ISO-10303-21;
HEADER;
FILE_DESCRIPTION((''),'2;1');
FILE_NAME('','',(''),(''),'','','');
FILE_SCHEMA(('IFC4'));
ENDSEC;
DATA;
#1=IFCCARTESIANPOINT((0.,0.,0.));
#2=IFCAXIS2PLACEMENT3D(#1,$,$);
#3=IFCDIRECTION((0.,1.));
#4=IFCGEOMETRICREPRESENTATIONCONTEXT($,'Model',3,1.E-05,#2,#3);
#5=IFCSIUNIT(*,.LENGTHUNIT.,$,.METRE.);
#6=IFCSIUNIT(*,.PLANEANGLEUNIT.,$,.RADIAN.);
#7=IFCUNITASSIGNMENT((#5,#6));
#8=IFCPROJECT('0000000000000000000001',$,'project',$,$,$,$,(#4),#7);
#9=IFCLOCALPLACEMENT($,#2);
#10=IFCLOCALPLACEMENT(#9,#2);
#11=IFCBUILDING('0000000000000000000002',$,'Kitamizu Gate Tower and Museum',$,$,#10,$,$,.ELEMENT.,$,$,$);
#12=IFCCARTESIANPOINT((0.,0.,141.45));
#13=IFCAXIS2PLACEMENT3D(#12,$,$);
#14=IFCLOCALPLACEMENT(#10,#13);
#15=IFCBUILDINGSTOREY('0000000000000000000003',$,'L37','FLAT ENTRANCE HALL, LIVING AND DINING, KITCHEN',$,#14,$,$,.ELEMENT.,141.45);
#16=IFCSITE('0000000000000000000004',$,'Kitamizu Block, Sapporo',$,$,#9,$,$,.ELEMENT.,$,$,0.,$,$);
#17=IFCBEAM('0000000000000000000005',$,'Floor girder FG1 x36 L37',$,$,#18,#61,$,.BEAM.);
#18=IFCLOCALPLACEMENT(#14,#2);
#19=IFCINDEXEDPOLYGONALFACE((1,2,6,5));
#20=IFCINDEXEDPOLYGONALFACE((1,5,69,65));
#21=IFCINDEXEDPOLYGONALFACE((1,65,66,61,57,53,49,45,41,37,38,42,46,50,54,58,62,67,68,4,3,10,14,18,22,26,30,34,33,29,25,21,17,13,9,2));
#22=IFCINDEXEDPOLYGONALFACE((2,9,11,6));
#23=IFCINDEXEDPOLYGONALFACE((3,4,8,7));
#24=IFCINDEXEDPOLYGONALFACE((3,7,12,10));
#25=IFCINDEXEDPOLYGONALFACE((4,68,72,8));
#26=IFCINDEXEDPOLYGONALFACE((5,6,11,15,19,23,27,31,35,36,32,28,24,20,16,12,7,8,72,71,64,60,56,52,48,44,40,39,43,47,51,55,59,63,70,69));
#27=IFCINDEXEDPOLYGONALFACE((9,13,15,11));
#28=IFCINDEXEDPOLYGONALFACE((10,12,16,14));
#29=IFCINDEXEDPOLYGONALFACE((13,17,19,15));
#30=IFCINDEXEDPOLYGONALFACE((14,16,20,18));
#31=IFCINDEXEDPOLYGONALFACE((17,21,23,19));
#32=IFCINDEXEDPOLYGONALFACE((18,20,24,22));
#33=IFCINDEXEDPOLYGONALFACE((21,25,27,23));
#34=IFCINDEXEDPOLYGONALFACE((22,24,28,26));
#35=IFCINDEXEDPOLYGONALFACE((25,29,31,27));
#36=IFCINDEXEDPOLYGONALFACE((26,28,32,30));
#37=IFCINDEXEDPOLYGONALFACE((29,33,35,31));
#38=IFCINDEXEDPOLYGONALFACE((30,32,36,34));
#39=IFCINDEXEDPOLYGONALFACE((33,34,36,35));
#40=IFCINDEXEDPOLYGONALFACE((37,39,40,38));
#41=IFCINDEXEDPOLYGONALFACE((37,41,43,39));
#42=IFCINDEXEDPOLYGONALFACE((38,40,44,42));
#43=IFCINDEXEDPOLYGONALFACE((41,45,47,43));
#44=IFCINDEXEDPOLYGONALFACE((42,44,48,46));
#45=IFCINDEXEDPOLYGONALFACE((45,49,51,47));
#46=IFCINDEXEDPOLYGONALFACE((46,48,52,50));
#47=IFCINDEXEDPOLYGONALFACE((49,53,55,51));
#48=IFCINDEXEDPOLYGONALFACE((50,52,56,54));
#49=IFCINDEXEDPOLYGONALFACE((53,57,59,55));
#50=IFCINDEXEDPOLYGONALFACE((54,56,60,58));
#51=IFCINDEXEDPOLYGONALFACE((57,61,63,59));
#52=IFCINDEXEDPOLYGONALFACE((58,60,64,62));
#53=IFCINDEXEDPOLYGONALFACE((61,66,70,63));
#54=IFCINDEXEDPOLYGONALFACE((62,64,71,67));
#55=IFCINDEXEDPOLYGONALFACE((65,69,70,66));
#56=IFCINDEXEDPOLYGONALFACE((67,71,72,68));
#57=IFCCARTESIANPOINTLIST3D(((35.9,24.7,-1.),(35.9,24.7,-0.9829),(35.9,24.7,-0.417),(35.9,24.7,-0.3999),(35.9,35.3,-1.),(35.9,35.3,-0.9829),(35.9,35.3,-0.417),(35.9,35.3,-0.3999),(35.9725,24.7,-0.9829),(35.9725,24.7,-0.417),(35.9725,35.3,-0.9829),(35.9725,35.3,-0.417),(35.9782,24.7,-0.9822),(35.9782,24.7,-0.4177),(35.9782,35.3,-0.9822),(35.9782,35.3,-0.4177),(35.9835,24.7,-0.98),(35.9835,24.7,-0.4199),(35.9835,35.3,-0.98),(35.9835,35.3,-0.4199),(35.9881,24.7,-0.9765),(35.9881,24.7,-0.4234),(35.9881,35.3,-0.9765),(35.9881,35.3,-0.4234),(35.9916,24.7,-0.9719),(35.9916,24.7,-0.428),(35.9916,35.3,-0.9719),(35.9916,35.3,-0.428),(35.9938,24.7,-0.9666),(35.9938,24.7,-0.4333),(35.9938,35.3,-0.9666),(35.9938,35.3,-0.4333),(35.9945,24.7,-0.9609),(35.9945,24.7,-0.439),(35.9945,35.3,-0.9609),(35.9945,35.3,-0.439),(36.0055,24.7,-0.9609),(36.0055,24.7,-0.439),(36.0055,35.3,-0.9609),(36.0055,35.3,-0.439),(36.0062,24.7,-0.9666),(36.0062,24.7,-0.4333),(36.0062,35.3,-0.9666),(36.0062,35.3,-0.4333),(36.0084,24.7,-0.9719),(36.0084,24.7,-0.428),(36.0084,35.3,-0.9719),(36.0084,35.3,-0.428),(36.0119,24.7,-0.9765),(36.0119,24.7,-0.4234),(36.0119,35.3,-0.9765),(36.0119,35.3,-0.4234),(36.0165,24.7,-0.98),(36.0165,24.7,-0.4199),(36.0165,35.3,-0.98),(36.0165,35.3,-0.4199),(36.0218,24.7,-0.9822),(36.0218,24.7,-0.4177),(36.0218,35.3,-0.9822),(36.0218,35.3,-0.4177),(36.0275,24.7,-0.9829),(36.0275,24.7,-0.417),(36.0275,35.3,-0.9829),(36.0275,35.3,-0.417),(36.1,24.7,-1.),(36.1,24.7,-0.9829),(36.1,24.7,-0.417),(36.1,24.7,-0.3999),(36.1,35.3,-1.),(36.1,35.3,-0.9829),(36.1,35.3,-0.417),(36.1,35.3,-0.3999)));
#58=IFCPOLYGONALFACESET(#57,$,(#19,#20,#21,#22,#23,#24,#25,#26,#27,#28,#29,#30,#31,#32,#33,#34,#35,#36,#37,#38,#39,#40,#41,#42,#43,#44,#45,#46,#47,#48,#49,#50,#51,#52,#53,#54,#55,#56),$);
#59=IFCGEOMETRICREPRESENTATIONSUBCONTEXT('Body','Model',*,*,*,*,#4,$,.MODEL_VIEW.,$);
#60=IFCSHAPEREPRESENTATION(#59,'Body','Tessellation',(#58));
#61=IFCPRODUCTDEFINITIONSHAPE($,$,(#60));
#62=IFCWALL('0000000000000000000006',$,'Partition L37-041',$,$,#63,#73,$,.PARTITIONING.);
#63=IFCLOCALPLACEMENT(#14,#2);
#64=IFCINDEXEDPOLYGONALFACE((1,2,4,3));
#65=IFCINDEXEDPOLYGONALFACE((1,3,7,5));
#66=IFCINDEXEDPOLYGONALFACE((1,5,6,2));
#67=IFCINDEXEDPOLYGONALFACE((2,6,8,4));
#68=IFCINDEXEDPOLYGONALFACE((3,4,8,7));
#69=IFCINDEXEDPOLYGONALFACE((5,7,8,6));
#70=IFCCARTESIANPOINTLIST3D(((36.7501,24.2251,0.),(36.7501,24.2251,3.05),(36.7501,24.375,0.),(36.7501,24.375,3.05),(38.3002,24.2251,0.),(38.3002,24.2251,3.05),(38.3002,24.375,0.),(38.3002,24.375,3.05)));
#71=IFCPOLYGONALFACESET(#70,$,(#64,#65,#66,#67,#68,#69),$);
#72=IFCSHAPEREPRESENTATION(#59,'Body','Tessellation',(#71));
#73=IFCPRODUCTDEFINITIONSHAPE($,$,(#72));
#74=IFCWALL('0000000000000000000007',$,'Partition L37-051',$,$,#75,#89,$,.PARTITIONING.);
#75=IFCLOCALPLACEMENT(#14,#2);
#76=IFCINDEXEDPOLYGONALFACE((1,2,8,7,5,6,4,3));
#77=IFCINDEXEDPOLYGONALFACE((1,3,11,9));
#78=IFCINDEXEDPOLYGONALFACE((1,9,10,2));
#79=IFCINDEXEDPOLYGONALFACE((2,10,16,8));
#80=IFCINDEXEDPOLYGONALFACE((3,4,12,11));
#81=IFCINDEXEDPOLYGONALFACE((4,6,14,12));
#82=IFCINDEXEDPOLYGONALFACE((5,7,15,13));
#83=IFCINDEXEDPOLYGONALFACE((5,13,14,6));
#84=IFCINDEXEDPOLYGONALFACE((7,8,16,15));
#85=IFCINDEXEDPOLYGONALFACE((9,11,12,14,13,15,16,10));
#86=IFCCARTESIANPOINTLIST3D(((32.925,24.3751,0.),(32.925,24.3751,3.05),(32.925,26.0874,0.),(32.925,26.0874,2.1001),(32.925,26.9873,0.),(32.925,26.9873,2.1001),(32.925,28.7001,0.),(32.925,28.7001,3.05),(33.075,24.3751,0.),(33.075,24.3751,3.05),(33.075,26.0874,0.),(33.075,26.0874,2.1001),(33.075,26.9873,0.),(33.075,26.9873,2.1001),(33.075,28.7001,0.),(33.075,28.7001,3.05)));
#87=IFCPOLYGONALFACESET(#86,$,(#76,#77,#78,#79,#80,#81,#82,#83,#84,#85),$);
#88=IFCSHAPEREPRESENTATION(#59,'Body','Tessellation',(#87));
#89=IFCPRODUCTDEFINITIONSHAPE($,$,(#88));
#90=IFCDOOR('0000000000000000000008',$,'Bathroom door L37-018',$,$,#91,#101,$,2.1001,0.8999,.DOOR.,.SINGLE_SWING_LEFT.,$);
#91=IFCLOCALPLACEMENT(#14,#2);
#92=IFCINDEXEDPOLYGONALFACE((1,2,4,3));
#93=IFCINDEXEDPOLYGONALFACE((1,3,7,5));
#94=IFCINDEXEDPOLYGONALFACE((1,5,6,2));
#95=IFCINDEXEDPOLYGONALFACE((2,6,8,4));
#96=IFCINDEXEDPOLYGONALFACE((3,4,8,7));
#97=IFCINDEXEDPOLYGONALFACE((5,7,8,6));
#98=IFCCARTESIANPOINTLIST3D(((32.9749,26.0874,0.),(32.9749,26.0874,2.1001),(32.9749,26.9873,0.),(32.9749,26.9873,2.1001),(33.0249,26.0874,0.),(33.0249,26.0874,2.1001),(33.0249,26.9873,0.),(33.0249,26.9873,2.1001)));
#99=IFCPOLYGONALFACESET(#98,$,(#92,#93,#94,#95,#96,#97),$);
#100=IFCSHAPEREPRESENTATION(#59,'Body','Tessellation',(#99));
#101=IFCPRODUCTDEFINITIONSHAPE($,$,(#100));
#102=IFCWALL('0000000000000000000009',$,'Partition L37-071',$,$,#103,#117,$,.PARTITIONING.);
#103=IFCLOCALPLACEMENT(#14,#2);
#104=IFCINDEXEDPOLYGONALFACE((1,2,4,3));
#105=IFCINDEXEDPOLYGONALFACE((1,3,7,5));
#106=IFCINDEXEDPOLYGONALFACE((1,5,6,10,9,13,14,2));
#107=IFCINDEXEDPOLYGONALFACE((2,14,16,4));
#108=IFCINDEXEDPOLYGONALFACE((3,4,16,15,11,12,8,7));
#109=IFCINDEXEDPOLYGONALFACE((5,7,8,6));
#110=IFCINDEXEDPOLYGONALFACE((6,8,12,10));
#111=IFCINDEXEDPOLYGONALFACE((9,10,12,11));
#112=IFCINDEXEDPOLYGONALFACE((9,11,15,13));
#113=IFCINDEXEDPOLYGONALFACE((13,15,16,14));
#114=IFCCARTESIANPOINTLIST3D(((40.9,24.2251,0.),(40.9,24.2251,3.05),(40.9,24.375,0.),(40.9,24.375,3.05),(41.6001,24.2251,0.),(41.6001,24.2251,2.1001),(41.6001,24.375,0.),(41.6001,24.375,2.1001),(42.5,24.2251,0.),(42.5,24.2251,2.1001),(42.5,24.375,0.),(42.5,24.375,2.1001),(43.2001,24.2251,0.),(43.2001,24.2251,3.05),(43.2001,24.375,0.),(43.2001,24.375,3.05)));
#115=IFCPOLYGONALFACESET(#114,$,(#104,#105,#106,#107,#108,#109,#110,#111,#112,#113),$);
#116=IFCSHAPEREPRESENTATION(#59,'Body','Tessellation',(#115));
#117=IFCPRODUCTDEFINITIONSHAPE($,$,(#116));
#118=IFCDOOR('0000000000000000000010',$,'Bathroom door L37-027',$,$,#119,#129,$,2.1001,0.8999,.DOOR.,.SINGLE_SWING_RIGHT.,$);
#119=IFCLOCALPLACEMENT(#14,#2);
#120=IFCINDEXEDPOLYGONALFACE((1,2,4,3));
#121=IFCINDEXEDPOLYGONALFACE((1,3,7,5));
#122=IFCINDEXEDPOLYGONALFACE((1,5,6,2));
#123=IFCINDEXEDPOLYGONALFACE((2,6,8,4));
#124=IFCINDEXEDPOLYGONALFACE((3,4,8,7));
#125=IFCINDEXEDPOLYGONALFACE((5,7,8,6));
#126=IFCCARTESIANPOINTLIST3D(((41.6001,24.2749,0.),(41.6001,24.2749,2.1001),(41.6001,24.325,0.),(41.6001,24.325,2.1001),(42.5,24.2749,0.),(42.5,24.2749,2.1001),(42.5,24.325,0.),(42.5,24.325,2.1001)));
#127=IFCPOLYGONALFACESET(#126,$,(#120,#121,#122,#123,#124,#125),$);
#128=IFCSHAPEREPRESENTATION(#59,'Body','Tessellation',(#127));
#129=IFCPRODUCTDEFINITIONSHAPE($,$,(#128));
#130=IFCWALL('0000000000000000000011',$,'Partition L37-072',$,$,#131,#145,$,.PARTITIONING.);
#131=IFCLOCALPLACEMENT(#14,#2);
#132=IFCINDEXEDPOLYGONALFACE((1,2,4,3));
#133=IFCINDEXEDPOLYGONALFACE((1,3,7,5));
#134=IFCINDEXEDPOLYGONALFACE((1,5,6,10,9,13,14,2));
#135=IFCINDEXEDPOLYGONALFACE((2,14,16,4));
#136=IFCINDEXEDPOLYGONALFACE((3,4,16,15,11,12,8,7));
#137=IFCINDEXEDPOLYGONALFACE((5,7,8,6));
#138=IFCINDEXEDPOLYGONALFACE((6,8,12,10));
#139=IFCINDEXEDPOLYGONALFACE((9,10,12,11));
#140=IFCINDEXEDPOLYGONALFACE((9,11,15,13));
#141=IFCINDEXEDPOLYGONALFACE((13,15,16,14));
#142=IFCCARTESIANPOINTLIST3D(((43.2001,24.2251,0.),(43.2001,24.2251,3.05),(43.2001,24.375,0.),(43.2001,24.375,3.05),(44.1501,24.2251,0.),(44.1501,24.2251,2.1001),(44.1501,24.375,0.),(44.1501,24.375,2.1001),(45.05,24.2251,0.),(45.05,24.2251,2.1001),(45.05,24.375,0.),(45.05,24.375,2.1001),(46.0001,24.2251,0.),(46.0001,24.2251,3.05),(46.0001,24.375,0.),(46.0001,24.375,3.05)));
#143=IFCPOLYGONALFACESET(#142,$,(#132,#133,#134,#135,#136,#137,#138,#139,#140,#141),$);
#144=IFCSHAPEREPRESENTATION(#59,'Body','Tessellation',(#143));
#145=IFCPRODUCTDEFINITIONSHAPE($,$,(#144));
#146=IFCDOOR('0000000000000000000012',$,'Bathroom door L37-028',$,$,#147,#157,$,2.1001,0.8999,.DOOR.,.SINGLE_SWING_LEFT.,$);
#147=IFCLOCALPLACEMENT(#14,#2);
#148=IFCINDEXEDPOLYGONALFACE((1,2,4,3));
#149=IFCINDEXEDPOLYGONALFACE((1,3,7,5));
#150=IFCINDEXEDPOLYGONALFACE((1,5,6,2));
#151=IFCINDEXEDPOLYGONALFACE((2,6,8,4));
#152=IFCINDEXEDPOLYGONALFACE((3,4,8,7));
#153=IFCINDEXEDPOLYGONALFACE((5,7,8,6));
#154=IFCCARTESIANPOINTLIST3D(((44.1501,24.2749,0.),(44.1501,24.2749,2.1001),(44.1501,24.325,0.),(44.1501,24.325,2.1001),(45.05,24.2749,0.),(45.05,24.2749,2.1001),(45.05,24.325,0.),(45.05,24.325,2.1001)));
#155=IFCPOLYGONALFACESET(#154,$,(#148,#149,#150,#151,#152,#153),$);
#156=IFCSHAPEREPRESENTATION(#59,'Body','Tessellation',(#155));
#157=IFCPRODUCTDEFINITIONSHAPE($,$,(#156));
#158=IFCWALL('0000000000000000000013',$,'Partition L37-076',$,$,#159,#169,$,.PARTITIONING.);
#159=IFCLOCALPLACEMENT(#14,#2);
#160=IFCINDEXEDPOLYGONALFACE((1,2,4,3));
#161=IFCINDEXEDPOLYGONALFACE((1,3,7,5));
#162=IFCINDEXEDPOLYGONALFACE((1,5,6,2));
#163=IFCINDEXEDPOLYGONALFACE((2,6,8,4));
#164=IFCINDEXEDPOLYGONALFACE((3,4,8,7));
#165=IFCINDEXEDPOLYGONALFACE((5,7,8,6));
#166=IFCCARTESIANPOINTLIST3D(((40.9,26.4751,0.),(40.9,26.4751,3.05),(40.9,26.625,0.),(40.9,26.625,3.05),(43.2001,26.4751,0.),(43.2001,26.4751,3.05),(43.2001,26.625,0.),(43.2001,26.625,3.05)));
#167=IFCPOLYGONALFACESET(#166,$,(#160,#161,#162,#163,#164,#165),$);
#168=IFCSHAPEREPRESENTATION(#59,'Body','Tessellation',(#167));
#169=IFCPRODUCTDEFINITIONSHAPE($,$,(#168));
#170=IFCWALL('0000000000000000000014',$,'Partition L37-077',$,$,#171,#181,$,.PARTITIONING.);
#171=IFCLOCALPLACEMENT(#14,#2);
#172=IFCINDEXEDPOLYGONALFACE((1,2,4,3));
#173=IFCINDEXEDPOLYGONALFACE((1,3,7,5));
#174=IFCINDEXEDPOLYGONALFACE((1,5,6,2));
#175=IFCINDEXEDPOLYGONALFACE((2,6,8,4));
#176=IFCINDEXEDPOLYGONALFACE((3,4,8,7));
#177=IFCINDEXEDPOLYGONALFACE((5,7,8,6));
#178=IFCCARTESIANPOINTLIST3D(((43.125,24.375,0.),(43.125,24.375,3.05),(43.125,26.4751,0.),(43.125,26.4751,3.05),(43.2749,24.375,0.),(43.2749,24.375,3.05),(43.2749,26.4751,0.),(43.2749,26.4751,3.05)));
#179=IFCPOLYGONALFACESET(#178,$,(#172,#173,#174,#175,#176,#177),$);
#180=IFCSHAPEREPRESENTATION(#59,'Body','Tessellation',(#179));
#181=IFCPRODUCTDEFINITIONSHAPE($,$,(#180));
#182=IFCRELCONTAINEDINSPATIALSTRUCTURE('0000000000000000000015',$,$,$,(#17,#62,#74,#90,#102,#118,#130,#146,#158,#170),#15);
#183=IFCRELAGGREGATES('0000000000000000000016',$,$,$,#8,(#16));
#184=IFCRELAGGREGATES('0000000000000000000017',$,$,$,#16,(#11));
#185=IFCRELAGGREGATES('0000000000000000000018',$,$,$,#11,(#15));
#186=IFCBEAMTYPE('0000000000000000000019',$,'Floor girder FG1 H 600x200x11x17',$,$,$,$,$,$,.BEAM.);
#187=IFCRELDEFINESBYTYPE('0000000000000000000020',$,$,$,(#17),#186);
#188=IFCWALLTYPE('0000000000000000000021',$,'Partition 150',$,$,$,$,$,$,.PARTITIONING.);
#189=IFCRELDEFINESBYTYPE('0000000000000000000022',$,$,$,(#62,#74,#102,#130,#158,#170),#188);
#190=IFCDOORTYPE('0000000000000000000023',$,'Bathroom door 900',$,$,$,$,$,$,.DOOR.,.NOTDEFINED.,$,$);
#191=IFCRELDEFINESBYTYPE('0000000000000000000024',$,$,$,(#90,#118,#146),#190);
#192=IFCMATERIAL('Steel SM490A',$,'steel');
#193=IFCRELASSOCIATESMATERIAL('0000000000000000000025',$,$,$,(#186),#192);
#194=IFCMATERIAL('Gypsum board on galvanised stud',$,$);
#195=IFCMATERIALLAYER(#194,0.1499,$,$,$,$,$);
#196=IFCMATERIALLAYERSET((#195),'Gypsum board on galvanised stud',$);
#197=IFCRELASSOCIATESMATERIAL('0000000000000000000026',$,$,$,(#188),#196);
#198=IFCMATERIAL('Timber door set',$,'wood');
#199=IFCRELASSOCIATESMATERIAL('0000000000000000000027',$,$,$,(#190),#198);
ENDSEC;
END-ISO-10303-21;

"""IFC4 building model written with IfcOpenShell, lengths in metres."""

from ifc_helpers import new_model, si_unit, direction, frame, frame_2d, origin, origin_2d, place, context, subcontext, project, spatial, rectangle, i_section, extrude, material, layer, layer_set, material_profile, profile_set, type_object, element, fill, save


model = new_model("IFC4")

# Units and contexts
model_context = context("Model", 3, precision=1e-05, world=origin(), true_north=direction((0.0, 1.0)))
body_context = subcontext(model_context, "Body", "Model", "MODEL_VIEW")
ifc_project = project(units=[si_unit("LENGTHUNIT", "METRE"), si_unit("PLANEANGLEUNIT", "RADIAN")], contexts=[model_context])

# Site, building, storey
site_placement = place(None, origin())
site = spatial("IfcSite", under=ifc_project, at=site_placement, Name="Kitamizu Block, Sapporo", CompositionType="ELEMENT", RefElevation=0.0)
building_placement = place(site_placement, origin())
building = spatial("IfcBuilding", under=site, at=building_placement, Name="Kitamizu Gate Tower and Museum", CompositionType="ELEMENT")
storey_placement = place(building_placement, frame((0.0, 0.0, 141.45)))
storey = spatial("IfcBuildingStorey", under=building, at=storey_placement, Name="L37", Description="FLAT ENTRANCE HALL, LIVING AND DINING, KITCHEN", CompositionType="ELEMENT", Elevation=141.45)

# Beam
ifc_material_1 = material(Name="Steel SM490A", Category="steel")
ifc_material_profile = material_profile(ifc_material_1, i_section(OverallWidth=0.2, OverallDepth=0.6001, WebThickness=0.011, FlangeThickness=0.0171, FilletRadius=0.022, at=origin_2d()), Name="H-600x200x11x17")
ifc_profile_set = profile_set([ifc_material_profile], Name="Steel SM490A")
beam_type = type_object("IfcBeamType", Name="Floor girder FG1 H 600x200x11x17", PredefinedType="BEAM", material=ifc_profile_set)
beam_placement = place(storey_placement, frame((36.0, 24.7, -0.7), z_axis=(0.0, 1.0, 0.0), x_axis=(-1.0, 0.0, 0.0)))
element("IfcBeam", 1, at=beam_placement, inside=storey, type_object=beam_type, Name="Floor girder FG1 x36 L37", PredefinedType="BEAM", context=body_context, shape_type="SweptSolid", body=[
    extrude(i_section(OverallWidth=0.2, OverallDepth=0.6001, WebThickness=0.011, FlangeThickness=0.0171, FilletRadius=0.022, at=origin_2d()), origin(), (0.0, 0.0, 1.0), 10.6001),
])

# Wall
ifc_material_2 = material(Name="Gypsum board on galvanised stud")
ifc_layer_1 = layer(ifc_material_2, 0.1499)
ifc_layer_set_1 = layer_set([ifc_layer_1], Name="Gypsum board on galvanised stud")
wall_type_1 = type_object("IfcWallType", Name="Partition 150", PredefinedType="PARTITIONING", material=ifc_layer_set_1)
wall_1_placement = place(storey_placement, frame((38.3, 24.3, 0.0), z_axis=(0.0, 0.0, 1.0), x_axis=(-1.0, 0.0, 0.0)))
element("IfcWall", 2, at=wall_1_placement, inside=storey, type_object=wall_type_1, Name="Partition L37-041", PredefinedType="PARTITIONING", context=body_context, shape_type="SweptSolid", body=[
    extrude(rectangle(XDim=1.55, YDim=0.1499, at=frame_2d((0.7749, 0.0))), origin(), (0.0, 0.0, 1.0), 3.05),
])

# Walls, openings, doors
wall_2_placement = place(storey_placement, frame((33.0, 24.375, 0.0), z_axis=(0.0, 0.0, 1.0), x_axis=(0.0, 1.0, 0.0)))
wall_2 = element("IfcWall", 3, at=wall_2_placement, inside=storey, type_object=wall_type_1, Name="Partition L37-051", PredefinedType="PARTITIONING", context=body_context, shape_type="SweptSolid", body=[
    extrude(rectangle(XDim=4.325, YDim=0.1499, at=frame_2d((2.1626, 0.0))), origin(), (0.0, 0.0, 1.0), 3.05),
])
opening_1_placement = place(wall_2_placement, frame((1.7124, 0.0, 0.0)))
opening_1 = element("IfcOpeningElement", 4, at=opening_1_placement, cuts=wall_2, PredefinedType="OPENING", context=body_context, shape_type="SweptSolid", body=[
    extrude(rectangle(XDim=0.8999, YDim=2.1001, at=frame_2d((0.45, 1.05))), frame((0.0, 0.085, 0.0), z_axis=(0.0, -1.0, 0.0), x_axis=(1.0, 0.0, 0.0)), (0.0, 0.0, 1.0), 0.1699),
])
ifc_material_3 = material(Name="Timber door set", Category="wood")
door_type_1 = type_object("IfcDoorType", Name="Bathroom door 900", OperationType="NOTDEFINED", PredefinedType="DOOR", material=ifc_material_3)
door_1_placement = place(opening_1_placement, frame((0.8999, 0.0, 0.0), x_axis=(-1.0, 0.0, 0.0)))
door_1 = element("IfcDoor", 5, at=door_1_placement, inside=storey, type_object=door_type_1, Name="Bathroom door L37-018", OperationType="SINGLE_SWING_LEFT", OverallHeight=2.1001, OverallWidth=0.8999, PredefinedType="DOOR", context=body_context, shape_type="SweptSolid", body=[
    extrude(rectangle(XDim=0.8999, YDim=2.1001, at=frame_2d((0.45, 1.05))), frame((0.0, 0.0249, 0.0), z_axis=(0.0, -1.0, 0.0), x_axis=(1.0, 0.0, 0.0)), (0.0, 0.0, 1.0), 0.05),
])
fill(opening_1, door_1)
wall_3_placement = place(storey_placement, frame((43.2, 24.3, 0.0), z_axis=(0.0, 0.0, 1.0), x_axis=(-1.0, 0.0, 0.0)))
wall_3 = element("IfcWall", 6, at=wall_3_placement, inside=storey, type_object=wall_type_1, Name="Partition L37-071", PredefinedType="PARTITIONING", context=body_context, shape_type="SweptSolid", body=[
    extrude(rectangle(XDim=2.3, YDim=0.1499, at=frame_2d((1.1499, 0.0))), origin(), (0.0, 0.0, 1.0), 3.05),
])
opening_2_placement = place(wall_3_placement, frame((0.7, 0.0, 0.0)))
opening_2 = element("IfcOpeningElement", 7, at=opening_2_placement, cuts=wall_3, PredefinedType="OPENING", context=body_context, shape_type="SweptSolid", body=[
    extrude(rectangle(XDim=0.8999, YDim=2.1001, at=frame_2d((0.45, 1.05))), frame((0.0, 0.085, 0.0), z_axis=(0.0, -1.0, 0.0), x_axis=(1.0, 0.0, 0.0)), (0.0, 0.0, 1.0), 0.1699),
])
door_2_placement = place(opening_2_placement, frame((0.8999, 0.0, 0.0), x_axis=(-1.0, 0.0, 0.0)))
door_2 = element("IfcDoor", 8, at=door_2_placement, inside=storey, type_object=door_type_1, Name="Bathroom door L37-027", OperationType="SINGLE_SWING_RIGHT", OverallHeight=2.1001, OverallWidth=0.8999, PredefinedType="DOOR", context=body_context, shape_type="SweptSolid", body=[
    extrude(rectangle(XDim=0.8999, YDim=2.1001, at=frame_2d((0.45, 1.05))), frame((0.0, 0.0249, 0.0), z_axis=(0.0, -1.0, 0.0), x_axis=(1.0, 0.0, 0.0)), (0.0, 0.0, 1.0), 0.05),
])
fill(opening_2, door_2)
wall_4_placement = place(storey_placement, frame((46.0, 24.3, 0.0), z_axis=(0.0, 0.0, 1.0), x_axis=(-1.0, 0.0, 0.0)))
wall_4 = element("IfcWall", 9, at=wall_4_placement, inside=storey, type_object=wall_type_1, Name="Partition L37-072", PredefinedType="PARTITIONING", context=body_context, shape_type="SweptSolid", body=[
    extrude(rectangle(XDim=2.8, YDim=0.1499, at=frame_2d((1.3999, 0.0))), origin(), (0.0, 0.0, 1.0), 3.05),
])
opening_3_placement = place(wall_4_placement, frame((0.95, 0.0, 0.0)))
opening_3 = element("IfcOpeningElement", 10, at=opening_3_placement, cuts=wall_4, PredefinedType="OPENING", context=body_context, shape_type="SweptSolid", body=[
    extrude(rectangle(XDim=0.8999, YDim=2.1001, at=frame_2d((0.45, 1.05))), frame((0.0, 0.085, 0.0), z_axis=(0.0, -1.0, 0.0), x_axis=(1.0, 0.0, 0.0)), (0.0, 0.0, 1.0), 0.1699),
])
door_3_placement = place(opening_3_placement, frame((0.8999, 0.0, 0.0), x_axis=(-1.0, 0.0, 0.0)))
door_3 = element("IfcDoor", 11, at=door_3_placement, inside=storey, type_object=door_type_1, Name="Bathroom door L37-028", OperationType="SINGLE_SWING_LEFT", OverallHeight=2.1001, OverallWidth=0.8999, PredefinedType="DOOR", context=body_context, shape_type="SweptSolid", body=[
    extrude(rectangle(XDim=0.8999, YDim=2.1001, at=frame_2d((0.45, 1.05))), frame((0.0, 0.0249, 0.0), z_axis=(0.0, -1.0, 0.0), x_axis=(1.0, 0.0, 0.0)), (0.0, 0.0, 1.0), 0.05),
])
fill(opening_3, door_3)

# Walls
wall_5_placement = place(storey_placement, frame((43.2, 26.55, 0.0), z_axis=(0.0, 0.0, 1.0), x_axis=(-1.0, 0.0, 0.0)))
element("IfcWall", 12, at=wall_5_placement, inside=storey, type_object=wall_type_1, Name="Partition L37-076", PredefinedType="PARTITIONING", context=body_context, shape_type="SweptSolid", body=[
    extrude(rectangle(XDim=2.3, YDim=0.1499, at=frame_2d((1.1499, 0.0))), origin(), (0.0, 0.0, 1.0), 3.05),
])
wall_6_placement = place(storey_placement, frame((43.2, 24.375, 0.0), z_axis=(0.0, 0.0, 1.0), x_axis=(0.0, 1.0, 0.0)))
element("IfcWall", 13, at=wall_6_placement, inside=storey, type_object=wall_type_1, Name="Partition L37-077", PredefinedType="PARTITIONING", context=body_context, shape_type="SweptSolid", body=[
    extrude(rectangle(XDim=2.1001, YDim=0.1499, at=frame_2d((1.05, 0.0))), origin(), (0.0, 0.0, 1.0), 3.05),
])

save(model, "model.ifc")
